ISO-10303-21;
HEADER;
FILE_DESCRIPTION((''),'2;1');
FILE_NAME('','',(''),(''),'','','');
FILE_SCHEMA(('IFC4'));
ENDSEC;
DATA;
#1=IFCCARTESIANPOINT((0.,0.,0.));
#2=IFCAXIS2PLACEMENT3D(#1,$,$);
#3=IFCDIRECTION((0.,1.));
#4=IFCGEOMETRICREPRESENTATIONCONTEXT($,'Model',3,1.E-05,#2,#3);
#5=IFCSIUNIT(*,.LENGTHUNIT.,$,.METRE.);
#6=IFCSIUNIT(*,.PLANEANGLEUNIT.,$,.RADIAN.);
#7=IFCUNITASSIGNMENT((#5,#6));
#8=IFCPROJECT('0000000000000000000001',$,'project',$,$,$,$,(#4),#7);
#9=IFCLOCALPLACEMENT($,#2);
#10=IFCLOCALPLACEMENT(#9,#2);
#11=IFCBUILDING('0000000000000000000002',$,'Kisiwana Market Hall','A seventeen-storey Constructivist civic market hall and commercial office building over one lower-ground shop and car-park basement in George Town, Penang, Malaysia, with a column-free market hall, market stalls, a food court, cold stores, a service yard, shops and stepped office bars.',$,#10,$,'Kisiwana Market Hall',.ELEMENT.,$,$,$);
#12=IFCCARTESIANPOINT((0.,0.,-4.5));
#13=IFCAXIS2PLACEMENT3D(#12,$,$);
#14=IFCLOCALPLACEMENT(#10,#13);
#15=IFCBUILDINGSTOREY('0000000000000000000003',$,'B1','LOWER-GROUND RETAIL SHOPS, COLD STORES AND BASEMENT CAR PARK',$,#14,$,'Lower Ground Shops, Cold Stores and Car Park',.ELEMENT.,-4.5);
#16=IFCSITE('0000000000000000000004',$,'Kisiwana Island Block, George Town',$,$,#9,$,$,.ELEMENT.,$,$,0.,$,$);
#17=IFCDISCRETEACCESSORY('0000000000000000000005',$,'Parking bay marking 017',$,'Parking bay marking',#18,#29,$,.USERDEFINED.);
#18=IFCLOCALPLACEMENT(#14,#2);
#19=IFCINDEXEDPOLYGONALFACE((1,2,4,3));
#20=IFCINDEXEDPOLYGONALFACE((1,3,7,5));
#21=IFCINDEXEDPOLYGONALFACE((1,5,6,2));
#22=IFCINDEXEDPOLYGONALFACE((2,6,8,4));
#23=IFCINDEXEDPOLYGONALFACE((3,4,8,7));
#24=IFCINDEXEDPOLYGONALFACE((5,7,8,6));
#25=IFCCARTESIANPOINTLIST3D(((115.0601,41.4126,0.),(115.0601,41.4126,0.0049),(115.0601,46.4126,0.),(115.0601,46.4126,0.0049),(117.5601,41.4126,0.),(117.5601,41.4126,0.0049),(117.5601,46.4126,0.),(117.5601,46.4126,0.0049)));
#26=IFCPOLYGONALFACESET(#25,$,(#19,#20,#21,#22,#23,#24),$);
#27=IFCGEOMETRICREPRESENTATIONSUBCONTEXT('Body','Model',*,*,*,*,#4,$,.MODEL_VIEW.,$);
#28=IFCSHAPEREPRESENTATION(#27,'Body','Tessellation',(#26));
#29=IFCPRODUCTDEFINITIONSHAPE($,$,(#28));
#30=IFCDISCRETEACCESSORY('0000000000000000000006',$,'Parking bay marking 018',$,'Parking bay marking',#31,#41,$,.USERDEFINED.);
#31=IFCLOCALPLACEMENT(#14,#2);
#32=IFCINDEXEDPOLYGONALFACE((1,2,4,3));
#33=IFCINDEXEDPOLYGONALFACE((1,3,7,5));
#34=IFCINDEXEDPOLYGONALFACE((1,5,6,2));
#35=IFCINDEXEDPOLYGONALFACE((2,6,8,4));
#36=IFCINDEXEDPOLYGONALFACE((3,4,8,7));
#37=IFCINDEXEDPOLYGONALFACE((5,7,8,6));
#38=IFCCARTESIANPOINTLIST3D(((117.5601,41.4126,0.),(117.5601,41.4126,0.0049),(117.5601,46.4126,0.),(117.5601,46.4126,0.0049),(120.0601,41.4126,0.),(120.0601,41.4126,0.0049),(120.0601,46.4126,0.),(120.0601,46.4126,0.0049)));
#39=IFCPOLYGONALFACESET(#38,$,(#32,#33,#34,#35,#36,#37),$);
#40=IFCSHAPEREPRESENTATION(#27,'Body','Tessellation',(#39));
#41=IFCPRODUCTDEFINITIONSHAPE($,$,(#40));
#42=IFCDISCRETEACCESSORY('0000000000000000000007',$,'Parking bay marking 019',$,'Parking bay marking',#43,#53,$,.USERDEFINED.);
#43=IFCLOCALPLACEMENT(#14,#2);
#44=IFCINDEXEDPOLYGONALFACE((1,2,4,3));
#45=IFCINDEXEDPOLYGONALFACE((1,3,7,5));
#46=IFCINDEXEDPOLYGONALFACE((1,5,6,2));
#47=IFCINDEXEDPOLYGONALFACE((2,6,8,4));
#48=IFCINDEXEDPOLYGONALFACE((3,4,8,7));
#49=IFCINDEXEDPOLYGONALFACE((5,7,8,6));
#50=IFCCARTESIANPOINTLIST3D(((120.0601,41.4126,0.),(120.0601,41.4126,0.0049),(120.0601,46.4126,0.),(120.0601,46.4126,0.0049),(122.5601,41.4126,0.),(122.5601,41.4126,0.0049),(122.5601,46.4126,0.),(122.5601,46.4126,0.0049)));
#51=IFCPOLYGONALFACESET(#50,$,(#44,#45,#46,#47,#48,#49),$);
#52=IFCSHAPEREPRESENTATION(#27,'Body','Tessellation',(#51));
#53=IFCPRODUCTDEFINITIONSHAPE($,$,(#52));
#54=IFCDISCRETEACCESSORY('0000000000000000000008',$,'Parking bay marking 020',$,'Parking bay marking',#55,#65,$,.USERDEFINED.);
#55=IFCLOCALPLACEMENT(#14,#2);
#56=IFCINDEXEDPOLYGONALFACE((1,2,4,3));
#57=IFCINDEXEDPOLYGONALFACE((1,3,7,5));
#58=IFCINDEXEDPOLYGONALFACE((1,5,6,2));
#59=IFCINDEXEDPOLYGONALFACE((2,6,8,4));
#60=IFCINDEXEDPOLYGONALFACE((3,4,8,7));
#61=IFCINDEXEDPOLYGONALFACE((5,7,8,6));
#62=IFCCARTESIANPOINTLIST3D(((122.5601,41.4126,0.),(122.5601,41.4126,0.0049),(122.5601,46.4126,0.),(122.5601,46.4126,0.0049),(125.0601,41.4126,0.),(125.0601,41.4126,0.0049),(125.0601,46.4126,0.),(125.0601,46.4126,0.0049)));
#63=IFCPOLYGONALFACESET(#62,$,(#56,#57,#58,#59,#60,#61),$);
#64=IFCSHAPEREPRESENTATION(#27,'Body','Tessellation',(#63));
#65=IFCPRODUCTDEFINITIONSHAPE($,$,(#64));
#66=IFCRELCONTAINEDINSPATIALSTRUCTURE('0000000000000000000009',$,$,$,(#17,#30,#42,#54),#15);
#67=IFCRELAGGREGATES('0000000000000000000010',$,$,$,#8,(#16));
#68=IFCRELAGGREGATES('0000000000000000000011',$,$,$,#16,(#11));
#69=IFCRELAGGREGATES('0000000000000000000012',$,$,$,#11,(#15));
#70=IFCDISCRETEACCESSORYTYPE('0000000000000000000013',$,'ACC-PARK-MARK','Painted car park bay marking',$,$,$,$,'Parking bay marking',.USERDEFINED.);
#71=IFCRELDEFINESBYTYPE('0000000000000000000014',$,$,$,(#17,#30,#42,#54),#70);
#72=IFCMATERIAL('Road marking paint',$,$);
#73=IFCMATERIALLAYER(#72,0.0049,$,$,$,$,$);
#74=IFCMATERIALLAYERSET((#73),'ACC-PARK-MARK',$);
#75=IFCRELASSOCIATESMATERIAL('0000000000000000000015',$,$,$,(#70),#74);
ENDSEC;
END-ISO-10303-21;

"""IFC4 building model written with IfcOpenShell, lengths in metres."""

from ifc_helpers import new_model, si_unit, direction, frame, origin, origin_2d, place, context, subcontext, project, spatial, rectangle, extrude, material, layer, layer_set, type_object, element, save


model = new_model("IFC4")

# Units and contexts
model_context = context("Model", 3, precision=1e-05, world=origin(), true_north=direction((0.0, 1.0)))
body_context = subcontext(model_context, "Body", "Model", "MODEL_VIEW")
ifc_project = project(units=[si_unit("LENGTHUNIT", "METRE"), si_unit("PLANEANGLEUNIT", "RADIAN")], contexts=[model_context])

# Site, building, storey
site_placement = place(None, origin())
site = spatial("IfcSite", under=ifc_project, at=site_placement, Name="Kisiwana Island Block, George Town", CompositionType="ELEMENT", RefElevation=0.0)
building_placement = place(site_placement, origin())
building = spatial("IfcBuilding", under=site, at=building_placement, Name="Kisiwana Market Hall", Description="A seventeen-storey Constructivist civic market hall and commercial office building over one lower-ground shop and car-park basement in George Town, Penang, Malaysia, with a column-free market hall, market stalls, a food court, cold stores, a service yard, shops and stepped office bars.", LongName="Kisiwana Market Hall", CompositionType="ELEMENT")
storey_placement = place(building_placement, frame((0.0, 0.0, -4.5)))
storey = spatial("IfcBuildingStorey", under=building, at=storey_placement, Name="B1", Description="LOWER-GROUND RETAIL SHOPS, COLD STORES AND BASEMENT CAR PARK", LongName="Lower Ground Shops, Cold Stores and Car Park", CompositionType="ELEMENT", Elevation=-4.5)

# Discrete accessories
ifc_material_1 = material(Name="Road marking paint")
ifc_layer_1 = layer(ifc_material_1, 0.0049)
ifc_layer_set_1 = layer_set([ifc_layer_1], Name="ACC-PARK-MARK")
discrete_accessory_type = type_object("IfcDiscreteAccessoryType", Name="ACC-PARK-MARK", Description="Painted car park bay marking", ElementType="Parking bay marking", PredefinedType="USERDEFINED", material=ifc_layer_set_1)
for number, where, z_axis, x_axis, name in (
    (1, (116.3101, 43.9126, 0.0), (0.0, 0.0, 1.0), (1.0, 0.0, 0.0), "Parking bay marking 017"),
    (2, (118.8101, 43.9126, 0.0), (0.0, 0.0, 1.0), (1.0, 0.0, 0.0), "Parking bay marking 018"),
    (3, (121.3101, 43.9126, 0.0), (0.0, 0.0, 1.0), (1.0, 0.0, 0.0), "Parking bay marking 019"),
    (4, (123.8101, 43.9126, 0.0), (0.0, 0.0, 1.0), (1.0, 0.0, 0.0), "Parking bay marking 020"),
):
    element("IfcDiscreteAccessory", number, at=place(storey_placement, frame(where, z_axis=z_axis, x_axis=x_axis)), inside=storey, type_object=discrete_accessory_type, Name=name, ObjectType="Parking bay marking", PredefinedType="USERDEFINED", context=body_context, shape_type="SweptSolid", body=[
        extrude(rectangle(XDim=2.5, YDim=5.0, at=origin_2d()), origin(), (0.0, 0.0, 1.0), 0.0049),
    ])

save(model, "model.ifc")
